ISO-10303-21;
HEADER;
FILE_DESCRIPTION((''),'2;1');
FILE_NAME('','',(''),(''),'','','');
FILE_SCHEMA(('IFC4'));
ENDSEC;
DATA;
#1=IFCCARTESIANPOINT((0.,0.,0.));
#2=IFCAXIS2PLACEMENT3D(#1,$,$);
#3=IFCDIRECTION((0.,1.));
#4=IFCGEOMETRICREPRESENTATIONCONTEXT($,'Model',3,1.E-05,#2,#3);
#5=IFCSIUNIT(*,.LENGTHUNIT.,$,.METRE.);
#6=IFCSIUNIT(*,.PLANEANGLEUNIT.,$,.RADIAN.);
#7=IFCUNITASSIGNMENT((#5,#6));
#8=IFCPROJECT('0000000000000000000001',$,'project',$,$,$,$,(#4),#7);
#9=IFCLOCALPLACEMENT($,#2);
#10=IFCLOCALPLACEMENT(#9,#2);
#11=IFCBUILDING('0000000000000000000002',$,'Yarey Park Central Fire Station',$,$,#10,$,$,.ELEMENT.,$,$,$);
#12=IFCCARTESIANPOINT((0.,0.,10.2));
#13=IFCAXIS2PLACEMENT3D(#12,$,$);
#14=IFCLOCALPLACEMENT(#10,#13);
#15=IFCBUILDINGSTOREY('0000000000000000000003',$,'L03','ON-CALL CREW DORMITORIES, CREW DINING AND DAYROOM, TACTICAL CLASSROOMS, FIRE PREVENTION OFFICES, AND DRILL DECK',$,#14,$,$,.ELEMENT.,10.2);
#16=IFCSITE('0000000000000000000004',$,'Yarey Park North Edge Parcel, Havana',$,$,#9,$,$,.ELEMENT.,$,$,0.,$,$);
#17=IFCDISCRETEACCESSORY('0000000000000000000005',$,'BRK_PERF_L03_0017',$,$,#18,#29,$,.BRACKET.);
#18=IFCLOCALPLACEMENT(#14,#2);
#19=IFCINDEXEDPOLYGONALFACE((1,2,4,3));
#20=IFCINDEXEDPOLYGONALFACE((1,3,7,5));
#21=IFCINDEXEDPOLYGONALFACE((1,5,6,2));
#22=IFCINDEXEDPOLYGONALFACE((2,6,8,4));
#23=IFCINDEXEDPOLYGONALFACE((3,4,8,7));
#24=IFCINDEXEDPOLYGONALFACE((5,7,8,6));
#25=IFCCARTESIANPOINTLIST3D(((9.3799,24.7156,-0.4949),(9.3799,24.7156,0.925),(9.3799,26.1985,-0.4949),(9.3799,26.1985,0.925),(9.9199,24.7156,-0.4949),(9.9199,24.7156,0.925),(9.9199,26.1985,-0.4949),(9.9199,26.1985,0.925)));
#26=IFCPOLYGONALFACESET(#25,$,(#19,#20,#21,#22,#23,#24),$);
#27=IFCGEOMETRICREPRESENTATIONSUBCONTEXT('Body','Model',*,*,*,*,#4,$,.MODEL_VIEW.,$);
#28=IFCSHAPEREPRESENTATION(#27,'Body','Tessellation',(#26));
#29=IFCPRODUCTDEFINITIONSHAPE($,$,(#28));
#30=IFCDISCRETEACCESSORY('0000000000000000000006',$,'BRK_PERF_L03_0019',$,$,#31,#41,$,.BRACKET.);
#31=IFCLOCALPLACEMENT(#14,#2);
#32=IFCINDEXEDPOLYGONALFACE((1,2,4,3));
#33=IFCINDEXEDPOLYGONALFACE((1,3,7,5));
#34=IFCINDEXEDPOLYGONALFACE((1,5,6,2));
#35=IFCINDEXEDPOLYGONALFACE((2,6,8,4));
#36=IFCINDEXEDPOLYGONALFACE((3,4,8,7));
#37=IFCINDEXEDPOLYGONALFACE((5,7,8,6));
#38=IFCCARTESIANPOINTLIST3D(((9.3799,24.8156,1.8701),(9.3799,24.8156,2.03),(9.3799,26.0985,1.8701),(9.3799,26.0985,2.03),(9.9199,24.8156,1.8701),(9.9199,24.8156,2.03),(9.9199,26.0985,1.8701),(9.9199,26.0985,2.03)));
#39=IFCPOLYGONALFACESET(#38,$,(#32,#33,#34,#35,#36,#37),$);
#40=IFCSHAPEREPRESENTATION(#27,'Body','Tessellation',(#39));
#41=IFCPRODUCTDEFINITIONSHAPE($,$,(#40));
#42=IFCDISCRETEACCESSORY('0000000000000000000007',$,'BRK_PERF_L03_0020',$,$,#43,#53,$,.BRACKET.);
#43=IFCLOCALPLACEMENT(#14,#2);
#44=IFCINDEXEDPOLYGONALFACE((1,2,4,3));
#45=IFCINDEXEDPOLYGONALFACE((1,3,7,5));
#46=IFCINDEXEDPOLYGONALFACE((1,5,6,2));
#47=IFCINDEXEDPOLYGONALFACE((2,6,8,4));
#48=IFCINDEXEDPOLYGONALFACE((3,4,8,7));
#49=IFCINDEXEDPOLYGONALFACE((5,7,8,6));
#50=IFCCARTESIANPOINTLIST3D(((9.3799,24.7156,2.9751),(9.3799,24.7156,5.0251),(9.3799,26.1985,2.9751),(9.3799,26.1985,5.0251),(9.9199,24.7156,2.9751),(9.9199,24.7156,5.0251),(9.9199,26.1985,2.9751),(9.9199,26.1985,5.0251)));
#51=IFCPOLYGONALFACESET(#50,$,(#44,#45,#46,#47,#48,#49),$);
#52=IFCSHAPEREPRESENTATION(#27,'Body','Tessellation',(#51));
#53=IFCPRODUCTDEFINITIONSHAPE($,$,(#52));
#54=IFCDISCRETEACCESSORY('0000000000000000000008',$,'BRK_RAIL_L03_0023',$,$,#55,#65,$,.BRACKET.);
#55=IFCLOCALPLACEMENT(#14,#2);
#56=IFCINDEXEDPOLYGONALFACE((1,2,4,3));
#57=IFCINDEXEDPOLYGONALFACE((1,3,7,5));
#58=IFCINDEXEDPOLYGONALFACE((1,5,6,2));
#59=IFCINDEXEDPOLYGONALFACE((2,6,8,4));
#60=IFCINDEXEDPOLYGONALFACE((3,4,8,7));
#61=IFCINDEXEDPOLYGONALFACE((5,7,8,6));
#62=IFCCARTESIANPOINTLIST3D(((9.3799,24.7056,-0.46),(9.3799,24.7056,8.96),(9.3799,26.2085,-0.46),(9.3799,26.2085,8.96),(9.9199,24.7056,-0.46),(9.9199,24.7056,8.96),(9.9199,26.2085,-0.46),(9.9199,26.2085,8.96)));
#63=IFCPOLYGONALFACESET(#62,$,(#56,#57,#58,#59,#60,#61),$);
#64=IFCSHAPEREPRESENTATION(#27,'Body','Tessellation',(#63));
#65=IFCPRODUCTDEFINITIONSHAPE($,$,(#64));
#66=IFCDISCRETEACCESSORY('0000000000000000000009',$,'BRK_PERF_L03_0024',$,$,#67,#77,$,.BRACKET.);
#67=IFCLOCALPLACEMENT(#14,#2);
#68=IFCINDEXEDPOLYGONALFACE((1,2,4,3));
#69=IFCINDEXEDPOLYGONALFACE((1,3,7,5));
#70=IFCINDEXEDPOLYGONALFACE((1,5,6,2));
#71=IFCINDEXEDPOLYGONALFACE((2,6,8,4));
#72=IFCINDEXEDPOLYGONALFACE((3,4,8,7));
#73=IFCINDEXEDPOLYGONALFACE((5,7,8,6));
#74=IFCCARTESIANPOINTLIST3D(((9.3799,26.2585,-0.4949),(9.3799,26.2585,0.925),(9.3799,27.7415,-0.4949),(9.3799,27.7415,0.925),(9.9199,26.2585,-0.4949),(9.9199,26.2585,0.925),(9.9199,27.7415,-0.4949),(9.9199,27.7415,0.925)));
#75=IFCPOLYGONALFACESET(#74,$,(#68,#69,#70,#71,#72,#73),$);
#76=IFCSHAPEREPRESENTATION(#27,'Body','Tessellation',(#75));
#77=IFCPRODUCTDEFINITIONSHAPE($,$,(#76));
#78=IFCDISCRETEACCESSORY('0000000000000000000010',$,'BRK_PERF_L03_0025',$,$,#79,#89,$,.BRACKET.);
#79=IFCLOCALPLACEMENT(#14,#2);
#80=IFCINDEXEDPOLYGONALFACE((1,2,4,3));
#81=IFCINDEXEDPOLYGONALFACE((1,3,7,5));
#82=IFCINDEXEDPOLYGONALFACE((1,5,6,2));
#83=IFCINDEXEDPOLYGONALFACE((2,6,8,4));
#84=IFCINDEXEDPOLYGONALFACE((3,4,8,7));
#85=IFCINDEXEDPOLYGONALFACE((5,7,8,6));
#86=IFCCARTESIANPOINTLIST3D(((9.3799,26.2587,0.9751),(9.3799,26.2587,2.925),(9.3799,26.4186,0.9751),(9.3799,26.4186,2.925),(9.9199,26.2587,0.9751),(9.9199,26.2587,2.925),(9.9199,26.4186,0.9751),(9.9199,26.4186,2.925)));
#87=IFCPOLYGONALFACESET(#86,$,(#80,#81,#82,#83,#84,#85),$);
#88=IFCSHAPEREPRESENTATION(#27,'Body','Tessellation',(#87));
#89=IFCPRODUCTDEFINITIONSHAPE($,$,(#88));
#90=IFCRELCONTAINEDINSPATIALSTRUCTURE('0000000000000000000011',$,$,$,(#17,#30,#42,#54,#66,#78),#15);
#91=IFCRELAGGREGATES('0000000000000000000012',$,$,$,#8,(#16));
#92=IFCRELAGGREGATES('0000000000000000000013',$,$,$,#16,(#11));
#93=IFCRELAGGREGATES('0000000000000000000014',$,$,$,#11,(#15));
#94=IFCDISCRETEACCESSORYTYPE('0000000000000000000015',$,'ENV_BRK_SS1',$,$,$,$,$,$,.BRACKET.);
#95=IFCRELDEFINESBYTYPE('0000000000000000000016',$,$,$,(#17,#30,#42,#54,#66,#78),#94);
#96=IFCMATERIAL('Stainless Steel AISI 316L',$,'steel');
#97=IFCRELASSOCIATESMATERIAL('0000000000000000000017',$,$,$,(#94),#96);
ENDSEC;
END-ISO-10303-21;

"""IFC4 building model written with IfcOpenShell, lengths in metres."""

from ifc_helpers import new_model, si_unit, direction, frame, origin, origin_2d, place, context, subcontext, project, spatial, rectangle, extrude, material, type_object, element, save


model = new_model("IFC4")

# Units and contexts
model_context = context("Model", 3, precision=1e-05, world=origin(), true_north=direction((0.0, 1.0)))
body_context = subcontext(model_context, "Body", "Model", "MODEL_VIEW")
ifc_project = project(units=[si_unit("LENGTHUNIT", "METRE"), si_unit("PLANEANGLEUNIT", "RADIAN")], contexts=[model_context])

# Site, building, storey
site_placement = place(None, origin())
site = spatial("IfcSite", under=ifc_project, at=site_placement, Name="Yarey Park North Edge Parcel, Havana", CompositionType="ELEMENT", RefElevation=0.0)
building_placement = place(site_placement, origin())
building = spatial("IfcBuilding", under=site, at=building_placement, Name="Yarey Park Central Fire Station", CompositionType="ELEMENT")
storey_placement = place(building_placement, frame((0.0, 0.0, 10.2)))
storey = spatial("IfcBuildingStorey", under=building, at=storey_placement, Name="L03", Description="ON-CALL CREW DORMITORIES, CREW DINING AND DAYROOM, TACTICAL CLASSROOMS, FIRE PREVENTION OFFICES, AND DRILL DECK", CompositionType="ELEMENT", Elevation=10.2)

# Discrete accessories
ifc_material_1 = material(Name="Stainless Steel AISI 316L", Category="steel")
discrete_accessory_type = type_object("IfcDiscreteAccessoryType", Name="ENV_BRK_SS1", PredefinedType="BRACKET", material=ifc_material_1)
discrete_accessory_1_placement = place(storey_placement, frame((9.6499, 25.457, -0.4949), z_axis=(0.0, 0.0, 1.0), x_axis=(1.0, 0.0, 0.0)))
element("IfcDiscreteAccessory", 1, at=discrete_accessory_1_placement, inside=storey, type_object=discrete_accessory_type, Name="BRK_PERF_L03_0017", PredefinedType="BRACKET", context=body_context, shape_type="SweptSolid", body=[
    extrude(rectangle(XDim=0.54, YDim=1.4829, at=origin_2d()), origin(), (0.0, 0.0, 1.0), 1.4199),
])
discrete_accessory_2_placement = place(storey_placement, frame((9.6499, 25.457, 1.8701), z_axis=(0.0, 0.0, 1.0), x_axis=(1.0, 0.0, 0.0)))
element("IfcDiscreteAccessory", 2, at=discrete_accessory_2_placement, inside=storey, type_object=discrete_accessory_type, Name="BRK_PERF_L03_0019", PredefinedType="BRACKET", context=body_context, shape_type="SweptSolid", body=[
    extrude(rectangle(XDim=0.54, YDim=1.283, at=origin_2d()), origin(), (0.0, 0.0, 1.0), 0.1599),
])
discrete_accessory_3_placement = place(storey_placement, frame((9.6499, 25.457, 2.9751), z_axis=(0.0, 0.0, 1.0), x_axis=(1.0, 0.0, 0.0)))
element("IfcDiscreteAccessory", 3, at=discrete_accessory_3_placement, inside=storey, type_object=discrete_accessory_type, Name="BRK_PERF_L03_0020", PredefinedType="BRACKET", context=body_context, shape_type="SweptSolid", body=[
    extrude(rectangle(XDim=0.54, YDim=1.4829, at=origin_2d()), origin(), (0.0, 0.0, 1.0), 2.05),
])
discrete_accessory_4_placement = place(storey_placement, frame((9.6499, 25.457, -0.46), z_axis=(0.0, 0.0, 1.0), x_axis=(1.0, 0.0, 0.0)))
element("IfcDiscreteAccessory", 4, at=discrete_accessory_4_placement, inside=storey, type_object=discrete_accessory_type, Name="BRK_RAIL_L03_0023", PredefinedType="BRACKET", context=body_context, shape_type="SweptSolid", body=[
    extrude(rectangle(XDim=0.54, YDim=1.5029, at=origin_2d()), origin(), (0.0, 0.0, 1.0), 9.4199),
])
discrete_accessory_5_placement = place(storey_placement, frame((9.6499, 27.0, -0.4949), z_axis=(0.0, 0.0, 1.0), x_axis=(1.0, 0.0, 0.0)))
element("IfcDiscreteAccessory", 5, at=discrete_accessory_5_placement, inside=storey, type_object=discrete_accessory_type, Name="BRK_PERF_L03_0024", PredefinedType="BRACKET", context=body_context, shape_type="SweptSolid", body=[
    extrude(rectangle(XDim=0.54, YDim=1.4829, at=origin_2d()), origin(), (0.0, 0.0, 1.0), 1.4199),
])
discrete_accessory_6_placement = place(storey_placement, frame((9.6499, 26.3386, 0.9751), z_axis=(0.0, 0.0, 1.0), x_axis=(1.0, 0.0, 0.0)))
element("IfcDiscreteAccessory", 6, at=discrete_accessory_6_placement, inside=storey, type_object=discrete_accessory_type, Name="BRK_PERF_L03_0025", PredefinedType="BRACKET", context=body_context, shape_type="SweptSolid", body=[
    extrude(rectangle(XDim=0.54, YDim=0.1599, at=origin_2d()), origin(), (0.0, 0.0, 1.0), 1.95),
])

save(model, "model.ifc")
